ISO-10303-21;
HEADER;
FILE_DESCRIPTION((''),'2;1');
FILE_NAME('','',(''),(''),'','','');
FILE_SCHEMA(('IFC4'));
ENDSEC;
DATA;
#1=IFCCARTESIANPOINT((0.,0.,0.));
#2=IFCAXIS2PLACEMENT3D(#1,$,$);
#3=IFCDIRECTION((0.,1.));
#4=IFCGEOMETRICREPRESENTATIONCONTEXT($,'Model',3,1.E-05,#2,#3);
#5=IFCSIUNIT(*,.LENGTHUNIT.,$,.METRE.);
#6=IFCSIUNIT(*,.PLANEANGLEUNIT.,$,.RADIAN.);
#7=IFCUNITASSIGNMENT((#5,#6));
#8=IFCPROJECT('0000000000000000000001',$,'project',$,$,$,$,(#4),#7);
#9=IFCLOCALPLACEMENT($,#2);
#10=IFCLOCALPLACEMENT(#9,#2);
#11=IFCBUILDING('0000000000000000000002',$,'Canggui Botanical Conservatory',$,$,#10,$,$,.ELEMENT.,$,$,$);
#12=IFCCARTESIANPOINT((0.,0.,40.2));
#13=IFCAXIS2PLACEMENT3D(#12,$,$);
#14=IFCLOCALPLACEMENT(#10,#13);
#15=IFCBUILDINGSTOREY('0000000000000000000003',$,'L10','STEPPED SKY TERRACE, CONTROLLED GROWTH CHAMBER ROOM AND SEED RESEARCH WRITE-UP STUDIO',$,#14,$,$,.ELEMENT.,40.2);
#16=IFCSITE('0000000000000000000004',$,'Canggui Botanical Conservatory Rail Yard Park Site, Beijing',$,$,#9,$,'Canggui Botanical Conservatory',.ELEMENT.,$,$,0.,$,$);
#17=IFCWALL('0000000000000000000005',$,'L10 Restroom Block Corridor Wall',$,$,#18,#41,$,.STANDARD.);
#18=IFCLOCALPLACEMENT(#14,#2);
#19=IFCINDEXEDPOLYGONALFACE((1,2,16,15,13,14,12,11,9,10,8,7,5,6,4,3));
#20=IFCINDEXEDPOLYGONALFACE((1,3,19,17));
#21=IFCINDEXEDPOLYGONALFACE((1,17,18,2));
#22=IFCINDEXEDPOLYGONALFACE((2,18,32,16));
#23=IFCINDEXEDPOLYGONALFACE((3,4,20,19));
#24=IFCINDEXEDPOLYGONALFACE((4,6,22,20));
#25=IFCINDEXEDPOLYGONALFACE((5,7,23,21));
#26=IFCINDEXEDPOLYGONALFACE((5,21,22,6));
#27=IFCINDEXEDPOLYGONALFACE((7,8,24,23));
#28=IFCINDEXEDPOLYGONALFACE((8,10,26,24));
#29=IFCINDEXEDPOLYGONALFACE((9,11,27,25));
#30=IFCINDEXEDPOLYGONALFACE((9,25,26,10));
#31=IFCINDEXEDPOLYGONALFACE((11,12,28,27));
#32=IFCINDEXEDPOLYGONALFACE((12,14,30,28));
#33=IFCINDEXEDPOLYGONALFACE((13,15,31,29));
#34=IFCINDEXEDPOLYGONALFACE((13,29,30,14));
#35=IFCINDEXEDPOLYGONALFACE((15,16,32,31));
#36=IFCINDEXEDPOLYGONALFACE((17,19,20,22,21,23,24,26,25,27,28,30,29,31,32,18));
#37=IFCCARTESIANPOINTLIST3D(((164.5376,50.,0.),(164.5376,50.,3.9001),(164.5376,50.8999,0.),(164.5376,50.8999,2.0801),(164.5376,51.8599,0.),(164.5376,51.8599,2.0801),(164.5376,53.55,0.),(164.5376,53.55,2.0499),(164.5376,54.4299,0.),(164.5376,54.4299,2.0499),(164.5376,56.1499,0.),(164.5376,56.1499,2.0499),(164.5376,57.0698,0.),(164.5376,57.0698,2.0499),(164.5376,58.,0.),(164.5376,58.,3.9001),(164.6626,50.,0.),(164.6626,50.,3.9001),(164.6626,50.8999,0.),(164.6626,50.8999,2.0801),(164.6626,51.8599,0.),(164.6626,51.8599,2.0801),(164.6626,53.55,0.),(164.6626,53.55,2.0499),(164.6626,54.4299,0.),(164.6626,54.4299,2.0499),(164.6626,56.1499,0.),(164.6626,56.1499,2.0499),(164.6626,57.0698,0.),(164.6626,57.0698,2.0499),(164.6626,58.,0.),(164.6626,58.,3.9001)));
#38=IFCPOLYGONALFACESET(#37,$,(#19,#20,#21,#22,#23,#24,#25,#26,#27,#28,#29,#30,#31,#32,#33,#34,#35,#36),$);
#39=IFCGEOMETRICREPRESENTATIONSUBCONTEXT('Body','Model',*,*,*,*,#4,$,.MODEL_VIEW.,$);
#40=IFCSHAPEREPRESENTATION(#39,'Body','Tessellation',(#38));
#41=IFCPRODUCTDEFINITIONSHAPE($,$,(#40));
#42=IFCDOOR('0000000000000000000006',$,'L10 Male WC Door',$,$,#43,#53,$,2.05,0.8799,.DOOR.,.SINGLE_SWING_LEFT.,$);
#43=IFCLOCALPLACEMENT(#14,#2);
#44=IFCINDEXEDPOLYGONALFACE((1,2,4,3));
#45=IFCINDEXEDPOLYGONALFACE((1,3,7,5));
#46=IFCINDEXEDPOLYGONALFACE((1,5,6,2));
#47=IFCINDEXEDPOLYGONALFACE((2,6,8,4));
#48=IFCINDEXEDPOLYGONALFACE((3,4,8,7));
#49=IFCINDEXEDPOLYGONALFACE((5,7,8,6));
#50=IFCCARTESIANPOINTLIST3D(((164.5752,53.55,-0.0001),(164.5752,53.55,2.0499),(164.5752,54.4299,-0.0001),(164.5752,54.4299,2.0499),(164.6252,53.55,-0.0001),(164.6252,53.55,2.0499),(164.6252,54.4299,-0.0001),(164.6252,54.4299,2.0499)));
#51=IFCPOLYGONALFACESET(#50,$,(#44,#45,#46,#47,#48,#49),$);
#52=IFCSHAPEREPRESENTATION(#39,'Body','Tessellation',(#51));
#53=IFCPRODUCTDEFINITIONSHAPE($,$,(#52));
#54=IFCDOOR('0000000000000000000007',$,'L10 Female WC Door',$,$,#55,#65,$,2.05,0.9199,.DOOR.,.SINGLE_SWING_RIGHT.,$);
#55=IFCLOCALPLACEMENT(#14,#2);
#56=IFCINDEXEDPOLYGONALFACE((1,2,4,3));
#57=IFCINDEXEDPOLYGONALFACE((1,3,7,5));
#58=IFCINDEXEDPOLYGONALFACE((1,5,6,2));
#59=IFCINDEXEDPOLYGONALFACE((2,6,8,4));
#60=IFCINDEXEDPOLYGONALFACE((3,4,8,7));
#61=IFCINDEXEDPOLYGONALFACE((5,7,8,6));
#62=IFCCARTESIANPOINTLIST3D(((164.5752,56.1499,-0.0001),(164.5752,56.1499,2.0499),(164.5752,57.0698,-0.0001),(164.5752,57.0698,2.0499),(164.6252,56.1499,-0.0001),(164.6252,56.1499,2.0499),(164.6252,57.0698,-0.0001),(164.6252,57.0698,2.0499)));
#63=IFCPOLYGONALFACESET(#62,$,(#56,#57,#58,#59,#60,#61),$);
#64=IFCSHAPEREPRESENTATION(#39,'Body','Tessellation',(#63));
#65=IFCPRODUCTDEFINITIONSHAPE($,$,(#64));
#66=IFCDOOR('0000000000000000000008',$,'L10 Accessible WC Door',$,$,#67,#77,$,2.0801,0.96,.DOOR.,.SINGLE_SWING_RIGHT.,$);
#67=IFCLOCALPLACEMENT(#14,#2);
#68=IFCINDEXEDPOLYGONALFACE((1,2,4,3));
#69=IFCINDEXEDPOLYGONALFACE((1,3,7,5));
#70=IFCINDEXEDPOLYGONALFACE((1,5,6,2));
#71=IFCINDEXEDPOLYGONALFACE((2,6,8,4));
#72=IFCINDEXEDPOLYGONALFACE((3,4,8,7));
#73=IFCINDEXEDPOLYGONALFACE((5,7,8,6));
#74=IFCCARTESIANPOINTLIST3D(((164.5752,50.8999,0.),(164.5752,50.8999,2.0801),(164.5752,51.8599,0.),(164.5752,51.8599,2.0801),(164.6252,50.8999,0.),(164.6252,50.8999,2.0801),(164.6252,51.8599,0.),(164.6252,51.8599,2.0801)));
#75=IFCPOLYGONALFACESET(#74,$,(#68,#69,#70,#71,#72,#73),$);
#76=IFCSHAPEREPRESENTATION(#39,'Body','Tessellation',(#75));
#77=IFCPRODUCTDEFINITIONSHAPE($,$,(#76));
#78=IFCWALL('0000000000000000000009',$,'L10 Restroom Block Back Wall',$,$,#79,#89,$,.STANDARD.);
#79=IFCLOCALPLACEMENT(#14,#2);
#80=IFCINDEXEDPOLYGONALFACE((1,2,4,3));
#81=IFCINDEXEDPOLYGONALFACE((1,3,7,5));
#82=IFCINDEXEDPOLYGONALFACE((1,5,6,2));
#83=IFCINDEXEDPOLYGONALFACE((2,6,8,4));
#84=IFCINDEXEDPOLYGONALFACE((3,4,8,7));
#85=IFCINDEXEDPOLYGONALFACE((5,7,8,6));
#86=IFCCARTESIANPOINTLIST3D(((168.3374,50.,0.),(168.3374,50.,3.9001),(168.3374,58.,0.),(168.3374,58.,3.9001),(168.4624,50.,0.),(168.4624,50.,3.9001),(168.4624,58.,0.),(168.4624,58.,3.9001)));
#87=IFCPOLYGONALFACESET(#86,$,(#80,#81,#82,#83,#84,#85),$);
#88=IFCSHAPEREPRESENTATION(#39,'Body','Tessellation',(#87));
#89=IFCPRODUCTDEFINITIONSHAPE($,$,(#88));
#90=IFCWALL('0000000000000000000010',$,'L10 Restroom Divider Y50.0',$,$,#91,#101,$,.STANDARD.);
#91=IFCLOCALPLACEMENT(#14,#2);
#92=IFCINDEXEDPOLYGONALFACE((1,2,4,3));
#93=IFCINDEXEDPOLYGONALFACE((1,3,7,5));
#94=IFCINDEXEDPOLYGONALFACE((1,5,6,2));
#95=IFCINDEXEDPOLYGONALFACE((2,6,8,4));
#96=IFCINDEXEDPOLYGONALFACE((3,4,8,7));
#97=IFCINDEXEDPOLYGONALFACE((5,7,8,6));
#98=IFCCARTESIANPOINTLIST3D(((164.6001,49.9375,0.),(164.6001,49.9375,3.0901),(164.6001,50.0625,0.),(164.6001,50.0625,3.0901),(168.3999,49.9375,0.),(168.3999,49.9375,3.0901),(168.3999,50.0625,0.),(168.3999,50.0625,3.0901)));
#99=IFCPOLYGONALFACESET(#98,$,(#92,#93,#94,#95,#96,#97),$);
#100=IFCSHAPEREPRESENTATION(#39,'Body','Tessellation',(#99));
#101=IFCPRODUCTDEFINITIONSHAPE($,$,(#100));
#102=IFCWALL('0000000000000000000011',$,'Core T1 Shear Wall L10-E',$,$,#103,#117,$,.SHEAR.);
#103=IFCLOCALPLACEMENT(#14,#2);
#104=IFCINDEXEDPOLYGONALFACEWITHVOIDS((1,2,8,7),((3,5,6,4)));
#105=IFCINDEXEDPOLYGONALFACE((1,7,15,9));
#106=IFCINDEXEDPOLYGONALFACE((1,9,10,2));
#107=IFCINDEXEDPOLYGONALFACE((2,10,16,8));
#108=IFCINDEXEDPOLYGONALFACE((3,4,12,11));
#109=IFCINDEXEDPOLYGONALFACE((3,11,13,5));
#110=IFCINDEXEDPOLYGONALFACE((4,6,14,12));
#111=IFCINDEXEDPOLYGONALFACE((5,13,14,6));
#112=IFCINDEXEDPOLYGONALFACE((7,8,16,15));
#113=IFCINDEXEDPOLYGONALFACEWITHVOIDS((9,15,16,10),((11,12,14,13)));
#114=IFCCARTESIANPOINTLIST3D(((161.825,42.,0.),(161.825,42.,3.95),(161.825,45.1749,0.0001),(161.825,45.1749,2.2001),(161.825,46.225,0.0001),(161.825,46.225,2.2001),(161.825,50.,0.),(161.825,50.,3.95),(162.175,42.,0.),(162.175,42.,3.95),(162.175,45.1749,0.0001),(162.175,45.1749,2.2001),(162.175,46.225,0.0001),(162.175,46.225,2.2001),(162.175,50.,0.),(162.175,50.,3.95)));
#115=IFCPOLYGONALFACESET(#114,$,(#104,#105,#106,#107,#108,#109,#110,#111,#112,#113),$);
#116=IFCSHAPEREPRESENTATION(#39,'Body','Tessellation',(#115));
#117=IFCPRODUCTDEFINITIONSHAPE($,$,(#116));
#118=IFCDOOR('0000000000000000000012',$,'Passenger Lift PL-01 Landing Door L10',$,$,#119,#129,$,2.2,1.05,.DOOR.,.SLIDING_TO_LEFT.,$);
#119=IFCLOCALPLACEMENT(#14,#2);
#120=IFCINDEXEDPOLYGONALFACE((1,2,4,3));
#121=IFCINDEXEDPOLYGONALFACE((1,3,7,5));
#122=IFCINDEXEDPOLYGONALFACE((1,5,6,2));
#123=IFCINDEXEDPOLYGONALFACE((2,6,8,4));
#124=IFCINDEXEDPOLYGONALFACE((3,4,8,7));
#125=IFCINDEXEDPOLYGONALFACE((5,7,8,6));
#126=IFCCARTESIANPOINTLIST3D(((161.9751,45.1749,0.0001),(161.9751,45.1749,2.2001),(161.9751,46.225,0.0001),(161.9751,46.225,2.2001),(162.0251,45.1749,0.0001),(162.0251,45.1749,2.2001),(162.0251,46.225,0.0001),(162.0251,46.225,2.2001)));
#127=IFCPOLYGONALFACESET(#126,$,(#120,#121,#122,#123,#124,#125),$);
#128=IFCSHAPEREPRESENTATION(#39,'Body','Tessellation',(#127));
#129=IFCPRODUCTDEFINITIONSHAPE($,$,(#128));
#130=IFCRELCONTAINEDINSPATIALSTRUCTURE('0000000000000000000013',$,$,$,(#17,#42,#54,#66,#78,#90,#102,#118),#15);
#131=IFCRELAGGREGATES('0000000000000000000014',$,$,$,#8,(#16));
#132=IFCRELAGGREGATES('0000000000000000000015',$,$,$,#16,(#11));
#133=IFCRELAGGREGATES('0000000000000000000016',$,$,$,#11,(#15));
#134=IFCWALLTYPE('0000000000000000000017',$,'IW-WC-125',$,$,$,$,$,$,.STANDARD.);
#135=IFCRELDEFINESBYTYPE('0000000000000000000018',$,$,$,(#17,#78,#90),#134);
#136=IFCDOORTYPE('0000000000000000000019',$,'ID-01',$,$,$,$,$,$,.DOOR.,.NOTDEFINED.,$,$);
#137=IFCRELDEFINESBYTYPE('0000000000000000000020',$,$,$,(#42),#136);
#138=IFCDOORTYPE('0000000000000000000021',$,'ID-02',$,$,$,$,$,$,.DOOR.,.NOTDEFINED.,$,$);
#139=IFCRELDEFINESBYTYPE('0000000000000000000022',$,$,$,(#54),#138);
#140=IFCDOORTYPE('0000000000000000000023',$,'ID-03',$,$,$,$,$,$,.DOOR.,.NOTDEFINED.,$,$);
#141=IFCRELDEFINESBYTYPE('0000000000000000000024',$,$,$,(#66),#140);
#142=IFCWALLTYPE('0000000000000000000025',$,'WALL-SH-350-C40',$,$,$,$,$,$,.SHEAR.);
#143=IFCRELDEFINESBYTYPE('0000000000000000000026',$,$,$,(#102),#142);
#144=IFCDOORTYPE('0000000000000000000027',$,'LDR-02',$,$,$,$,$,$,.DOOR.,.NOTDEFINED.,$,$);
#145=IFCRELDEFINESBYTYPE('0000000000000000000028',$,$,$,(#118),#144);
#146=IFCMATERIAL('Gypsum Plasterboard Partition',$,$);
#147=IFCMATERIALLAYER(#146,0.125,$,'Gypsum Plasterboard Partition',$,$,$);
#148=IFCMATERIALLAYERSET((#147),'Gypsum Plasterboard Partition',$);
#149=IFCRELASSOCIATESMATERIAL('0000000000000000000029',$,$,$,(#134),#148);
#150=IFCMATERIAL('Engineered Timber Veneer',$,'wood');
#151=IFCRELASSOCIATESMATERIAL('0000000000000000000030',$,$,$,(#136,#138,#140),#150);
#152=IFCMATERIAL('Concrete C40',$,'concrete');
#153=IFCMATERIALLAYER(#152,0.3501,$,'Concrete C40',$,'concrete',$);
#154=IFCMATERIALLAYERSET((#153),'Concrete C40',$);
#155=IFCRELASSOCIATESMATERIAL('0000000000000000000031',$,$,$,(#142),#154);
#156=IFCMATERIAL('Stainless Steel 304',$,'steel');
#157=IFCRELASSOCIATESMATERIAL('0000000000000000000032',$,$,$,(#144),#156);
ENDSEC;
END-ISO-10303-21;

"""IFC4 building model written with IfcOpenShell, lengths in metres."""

from ifc_helpers import new_model, si_unit, direction, frame, frame_2d, origin, place, context, subcontext, project, spatial, rectangle, extrude, material, layer, layer_set, type_object, element, fill, save


model = new_model("IFC4")

# Units and contexts
model_context = context("Model", 3, precision=1e-05, world=origin(), true_north=direction((0.0, 1.0)))
body_context = subcontext(model_context, "Body", "Model", "MODEL_VIEW")
ifc_project = project(units=[si_unit("LENGTHUNIT", "METRE"), si_unit("PLANEANGLEUNIT", "RADIAN")], contexts=[model_context])

# Site, building, storey
site_placement = place(None, origin())
site = spatial("IfcSite", under=ifc_project, at=site_placement, Name="Canggui Botanical Conservatory Rail Yard Park Site, Beijing", LongName="Canggui Botanical Conservatory", CompositionType="ELEMENT", RefElevation=0.0)
building_placement = place(site_placement, origin())
building = spatial("IfcBuilding", under=site, at=building_placement, Name="Canggui Botanical Conservatory", CompositionType="ELEMENT")
storey_placement = place(building_placement, frame((0.0, 0.0, 40.2)))
storey = spatial("IfcBuildingStorey", under=building, at=storey_placement, Name="L10", Description="STEPPED SKY TERRACE, CONTROLLED GROWTH CHAMBER ROOM AND SEED RESEARCH WRITE-UP STUDIO", CompositionType="ELEMENT", Elevation=40.2)

# Shared definitions
ifc_material_1 = material(Name="Concrete C40", Category="concrete")

# Shared definitions
ifc_material_2 = material(Name="Gypsum Plasterboard Partition")

# Wall, openings, doors
ifc_layer_1 = layer(ifc_material_2, 0.125, Name="Gypsum Plasterboard Partition")
ifc_layer_set_1 = layer_set([ifc_layer_1], Name="Gypsum Plasterboard Partition")
wall_type_1 = type_object("IfcWallType", Name="IW-WC-125", PredefinedType="STANDARD", material=ifc_layer_set_1)
wall_1_placement = place(storey_placement, frame((164.6001, 50.0, 0.0), z_axis=(0.0, 0.0, 1.0), x_axis=(0.0, 1.0, 0.0)))
wall_1 = element("IfcWall", 1, at=wall_1_placement, inside=storey, type_object=wall_type_1, Name="L10 Restroom Block Corridor Wall", PredefinedType="STANDARD", context=body_context, shape_type="SweptSolid", body=[
    extrude(rectangle(XDim=8.0, YDim=0.125, at=frame_2d((4.0, 0.0))), origin(), (0.0, 0.0, 1.0), 3.9001),
])
opening_1_placement = place(wall_1_placement, frame((0.8999, 0.0, 0.0)))
opening_1 = element("IfcOpeningElement", 2, at=opening_1_placement, cuts=wall_1, PredefinedType="OPENING", context=body_context, shape_type="SweptSolid", body=[
    extrude(rectangle(XDim=0.96, YDim=2.0801, at=frame_2d((0.48, 1.04))), frame((0.0, 0.0725, 0.0), z_axis=(0.0, -1.0, 0.0), x_axis=(1.0, 0.0, 0.0)), (0.0, 0.0, 1.0), 0.145),
])
opening_2_placement = place(wall_1_placement, frame((3.55, 0.0, 0.0)))
opening_2 = element("IfcOpeningElement", 3, at=opening_2_placement, cuts=wall_1, PredefinedType="OPENING", context=body_context, shape_type="SweptSolid", body=[
    extrude(rectangle(XDim=0.8799, YDim=2.05, at=frame_2d((0.4399, 1.0249))), frame((0.0, 0.0725, 0.0), z_axis=(0.0, -1.0, 0.0), x_axis=(1.0, 0.0, 0.0)), (0.0, 0.0, 1.0), 0.145),
])
opening_3_placement = place(wall_1_placement, frame((6.1499, 0.0, 0.0)))
opening_3 = element("IfcOpeningElement", 4, at=opening_3_placement, cuts=wall_1, PredefinedType="OPENING", context=body_context, shape_type="SweptSolid", body=[
    extrude(rectangle(XDim=0.9199, YDim=2.05, at=frame_2d((0.46, 1.0249))), frame((0.0, 0.0725, 0.0), z_axis=(0.0, -1.0, 0.0), x_axis=(1.0, 0.0, 0.0)), (0.0, 0.0, 1.0), 0.145),
])
ifc_material_3 = material(Name="Engineered Timber Veneer", Category="wood")
door_type_1 = type_object("IfcDoorType", Name="ID-01", OperationType="NOTDEFINED", PredefinedType="DOOR", material=ifc_material_3)
door_1_placement = place(opening_2_placement, origin())
door_1 = element("IfcDoor", 5, at=door_1_placement, inside=storey, type_object=door_type_1, Name="L10 Male WC Door", OperationType="SINGLE_SWING_LEFT", OverallHeight=2.05, OverallWidth=0.8799, PredefinedType="DOOR", context=body_context, shape_type="SweptSolid", body=[
    extrude(rectangle(XDim=0.8799, YDim=2.05, at=frame_2d((0.4399, 1.0249))), frame((0.0, 0.0249, 0.0), z_axis=(0.0, -1.0, 0.0), x_axis=(1.0, 0.0, 0.0)), (0.0, 0.0, 1.0), 0.05),
])
fill(opening_2, door_1)
door_type_2 = type_object("IfcDoorType", Name="ID-02", OperationType="NOTDEFINED", PredefinedType="DOOR", material=ifc_material_3)
door_2_placement = place(opening_3_placement, origin())
door_2 = element("IfcDoor", 6, at=door_2_placement, inside=storey, type_object=door_type_2, Name="L10 Female WC Door", OperationType="SINGLE_SWING_RIGHT", OverallHeight=2.05, OverallWidth=0.9199, PredefinedType="DOOR", context=body_context, shape_type="SweptSolid", body=[
    extrude(rectangle(XDim=0.9199, YDim=2.05, at=frame_2d((0.46, 1.0249))), frame((0.0, 0.0249, 0.0), z_axis=(0.0, -1.0, 0.0), x_axis=(1.0, 0.0, 0.0)), (0.0, 0.0, 1.0), 0.05),
])
fill(opening_3, door_2)
door_type_3 = type_object("IfcDoorType", Name="ID-03", OperationType="NOTDEFINED", PredefinedType="DOOR", material=ifc_material_3)
door_3_placement = place(opening_1_placement, origin())
door_3 = element("IfcDoor", 7, at=door_3_placement, inside=storey, type_object=door_type_3, Name="L10 Accessible WC Door", OperationType="SINGLE_SWING_RIGHT", OverallHeight=2.0801, OverallWidth=0.96, PredefinedType="DOOR", context=body_context, shape_type="SweptSolid", body=[
    extrude(rectangle(XDim=0.96, YDim=2.0801, at=frame_2d((0.48, 1.04))), frame((0.0, 0.0249, 0.0), z_axis=(0.0, -1.0, 0.0), x_axis=(1.0, 0.0, 0.0)), (0.0, 0.0, 1.0), 0.05),
])
fill(opening_1, door_3)

# Walls
wall_2_placement = place(storey_placement, frame((168.3999, 50.0, 0.0), z_axis=(0.0, 0.0, 1.0), x_axis=(0.0, 1.0, 0.0)))
element("IfcWall", 8, at=wall_2_placement, inside=storey, type_object=wall_type_1, Name="L10 Restroom Block Back Wall", PredefinedType="STANDARD", context=body_context, shape_type="SweptSolid", body=[
    extrude(rectangle(XDim=8.0, YDim=0.125, at=frame_2d((4.0, 0.0))), origin(), (0.0, 0.0, 1.0), 3.9001),
])
wall_3_placement = place(storey_placement, frame((164.6001, 50.0, 0.0), z_axis=(0.0, 0.0, 1.0), x_axis=(1.0, 0.0, 0.0)))
element("IfcWall", 9, at=wall_3_placement, inside=storey, type_object=wall_type_1, Name="L10 Restroom Divider Y50.0", PredefinedType="STANDARD", context=body_context, shape_type="SweptSolid", body=[
    extrude(rectangle(XDim=3.7998, YDim=0.125, at=frame_2d((1.8999, 0.0))), origin(), (0.0, 0.0, 1.0), 3.0901),
])

# Wall, opening, door
ifc_layer_2 = layer(ifc_material_1, 0.3501, Name="Concrete C40", Category="concrete")
ifc_layer_set_2 = layer_set([ifc_layer_2], Name="Concrete C40")
wall_type_2 = type_object("IfcWallType", Name="WALL-SH-350-C40", PredefinedType="SHEAR", material=ifc_layer_set_2)
wall_4_placement = place(storey_placement, frame((162.0, 42.0, 0.0), z_axis=(0.0, 0.0, 1.0), x_axis=(0.0, 1.0, 0.0)))
wall_4 = element("IfcWall", 10, at=wall_4_placement, inside=storey, type_object=wall_type_2, Name="Core T1 Shear Wall L10-E", PredefinedType="SHEAR", context=body_context, shape_type="SweptSolid", body=[
    extrude(rectangle(XDim=8.0, YDim=0.3501, at=frame_2d((4.0, 0.0))), origin(), (0.0, 0.0, 1.0), 3.95),
])
opening_4_placement = place(wall_4_placement, frame((3.175, 0.0, 0.0)))
opening_4 = element("IfcOpeningElement", 11, at=opening_4_placement, cuts=wall_4, PredefinedType="OPENING", context=body_context, shape_type="SweptSolid", body=[
    extrude(rectangle(XDim=1.05, YDim=2.2, at=frame_2d((0.5249, 1.1001))), frame((0.0, 0.1851, 0.0), z_axis=(0.0, -1.0, 0.0), x_axis=(1.0, 0.0, 0.0)), (0.0, 0.0, 1.0), 0.3701),
])
ifc_material_4 = material(Name="Stainless Steel 304", Category="steel")
door_type_4 = type_object("IfcDoorType", Name="LDR-02", OperationType="NOTDEFINED", PredefinedType="DOOR", material=ifc_material_4)
door_4_placement = place(opening_4_placement, origin())
door_4 = element("IfcDoor", 12, at=door_4_placement, inside=storey, type_object=door_type_4, Name="Passenger Lift PL-01 Landing Door L10", OperationType="SLIDING_TO_LEFT", OverallHeight=2.2, OverallWidth=1.05, PredefinedType="DOOR", context=body_context, shape_type="SweptSolid", body=[
    extrude(rectangle(XDim=1.05, YDim=2.2, at=frame_2d((0.5249, 1.1001))), frame((0.0, 0.0249, 0.0), z_axis=(0.0, -1.0, 0.0), x_axis=(1.0, 0.0, 0.0)), (0.0, 0.0, 1.0), 0.05),
])
fill(opening_4, door_4)

save(model, "model.ifc")
